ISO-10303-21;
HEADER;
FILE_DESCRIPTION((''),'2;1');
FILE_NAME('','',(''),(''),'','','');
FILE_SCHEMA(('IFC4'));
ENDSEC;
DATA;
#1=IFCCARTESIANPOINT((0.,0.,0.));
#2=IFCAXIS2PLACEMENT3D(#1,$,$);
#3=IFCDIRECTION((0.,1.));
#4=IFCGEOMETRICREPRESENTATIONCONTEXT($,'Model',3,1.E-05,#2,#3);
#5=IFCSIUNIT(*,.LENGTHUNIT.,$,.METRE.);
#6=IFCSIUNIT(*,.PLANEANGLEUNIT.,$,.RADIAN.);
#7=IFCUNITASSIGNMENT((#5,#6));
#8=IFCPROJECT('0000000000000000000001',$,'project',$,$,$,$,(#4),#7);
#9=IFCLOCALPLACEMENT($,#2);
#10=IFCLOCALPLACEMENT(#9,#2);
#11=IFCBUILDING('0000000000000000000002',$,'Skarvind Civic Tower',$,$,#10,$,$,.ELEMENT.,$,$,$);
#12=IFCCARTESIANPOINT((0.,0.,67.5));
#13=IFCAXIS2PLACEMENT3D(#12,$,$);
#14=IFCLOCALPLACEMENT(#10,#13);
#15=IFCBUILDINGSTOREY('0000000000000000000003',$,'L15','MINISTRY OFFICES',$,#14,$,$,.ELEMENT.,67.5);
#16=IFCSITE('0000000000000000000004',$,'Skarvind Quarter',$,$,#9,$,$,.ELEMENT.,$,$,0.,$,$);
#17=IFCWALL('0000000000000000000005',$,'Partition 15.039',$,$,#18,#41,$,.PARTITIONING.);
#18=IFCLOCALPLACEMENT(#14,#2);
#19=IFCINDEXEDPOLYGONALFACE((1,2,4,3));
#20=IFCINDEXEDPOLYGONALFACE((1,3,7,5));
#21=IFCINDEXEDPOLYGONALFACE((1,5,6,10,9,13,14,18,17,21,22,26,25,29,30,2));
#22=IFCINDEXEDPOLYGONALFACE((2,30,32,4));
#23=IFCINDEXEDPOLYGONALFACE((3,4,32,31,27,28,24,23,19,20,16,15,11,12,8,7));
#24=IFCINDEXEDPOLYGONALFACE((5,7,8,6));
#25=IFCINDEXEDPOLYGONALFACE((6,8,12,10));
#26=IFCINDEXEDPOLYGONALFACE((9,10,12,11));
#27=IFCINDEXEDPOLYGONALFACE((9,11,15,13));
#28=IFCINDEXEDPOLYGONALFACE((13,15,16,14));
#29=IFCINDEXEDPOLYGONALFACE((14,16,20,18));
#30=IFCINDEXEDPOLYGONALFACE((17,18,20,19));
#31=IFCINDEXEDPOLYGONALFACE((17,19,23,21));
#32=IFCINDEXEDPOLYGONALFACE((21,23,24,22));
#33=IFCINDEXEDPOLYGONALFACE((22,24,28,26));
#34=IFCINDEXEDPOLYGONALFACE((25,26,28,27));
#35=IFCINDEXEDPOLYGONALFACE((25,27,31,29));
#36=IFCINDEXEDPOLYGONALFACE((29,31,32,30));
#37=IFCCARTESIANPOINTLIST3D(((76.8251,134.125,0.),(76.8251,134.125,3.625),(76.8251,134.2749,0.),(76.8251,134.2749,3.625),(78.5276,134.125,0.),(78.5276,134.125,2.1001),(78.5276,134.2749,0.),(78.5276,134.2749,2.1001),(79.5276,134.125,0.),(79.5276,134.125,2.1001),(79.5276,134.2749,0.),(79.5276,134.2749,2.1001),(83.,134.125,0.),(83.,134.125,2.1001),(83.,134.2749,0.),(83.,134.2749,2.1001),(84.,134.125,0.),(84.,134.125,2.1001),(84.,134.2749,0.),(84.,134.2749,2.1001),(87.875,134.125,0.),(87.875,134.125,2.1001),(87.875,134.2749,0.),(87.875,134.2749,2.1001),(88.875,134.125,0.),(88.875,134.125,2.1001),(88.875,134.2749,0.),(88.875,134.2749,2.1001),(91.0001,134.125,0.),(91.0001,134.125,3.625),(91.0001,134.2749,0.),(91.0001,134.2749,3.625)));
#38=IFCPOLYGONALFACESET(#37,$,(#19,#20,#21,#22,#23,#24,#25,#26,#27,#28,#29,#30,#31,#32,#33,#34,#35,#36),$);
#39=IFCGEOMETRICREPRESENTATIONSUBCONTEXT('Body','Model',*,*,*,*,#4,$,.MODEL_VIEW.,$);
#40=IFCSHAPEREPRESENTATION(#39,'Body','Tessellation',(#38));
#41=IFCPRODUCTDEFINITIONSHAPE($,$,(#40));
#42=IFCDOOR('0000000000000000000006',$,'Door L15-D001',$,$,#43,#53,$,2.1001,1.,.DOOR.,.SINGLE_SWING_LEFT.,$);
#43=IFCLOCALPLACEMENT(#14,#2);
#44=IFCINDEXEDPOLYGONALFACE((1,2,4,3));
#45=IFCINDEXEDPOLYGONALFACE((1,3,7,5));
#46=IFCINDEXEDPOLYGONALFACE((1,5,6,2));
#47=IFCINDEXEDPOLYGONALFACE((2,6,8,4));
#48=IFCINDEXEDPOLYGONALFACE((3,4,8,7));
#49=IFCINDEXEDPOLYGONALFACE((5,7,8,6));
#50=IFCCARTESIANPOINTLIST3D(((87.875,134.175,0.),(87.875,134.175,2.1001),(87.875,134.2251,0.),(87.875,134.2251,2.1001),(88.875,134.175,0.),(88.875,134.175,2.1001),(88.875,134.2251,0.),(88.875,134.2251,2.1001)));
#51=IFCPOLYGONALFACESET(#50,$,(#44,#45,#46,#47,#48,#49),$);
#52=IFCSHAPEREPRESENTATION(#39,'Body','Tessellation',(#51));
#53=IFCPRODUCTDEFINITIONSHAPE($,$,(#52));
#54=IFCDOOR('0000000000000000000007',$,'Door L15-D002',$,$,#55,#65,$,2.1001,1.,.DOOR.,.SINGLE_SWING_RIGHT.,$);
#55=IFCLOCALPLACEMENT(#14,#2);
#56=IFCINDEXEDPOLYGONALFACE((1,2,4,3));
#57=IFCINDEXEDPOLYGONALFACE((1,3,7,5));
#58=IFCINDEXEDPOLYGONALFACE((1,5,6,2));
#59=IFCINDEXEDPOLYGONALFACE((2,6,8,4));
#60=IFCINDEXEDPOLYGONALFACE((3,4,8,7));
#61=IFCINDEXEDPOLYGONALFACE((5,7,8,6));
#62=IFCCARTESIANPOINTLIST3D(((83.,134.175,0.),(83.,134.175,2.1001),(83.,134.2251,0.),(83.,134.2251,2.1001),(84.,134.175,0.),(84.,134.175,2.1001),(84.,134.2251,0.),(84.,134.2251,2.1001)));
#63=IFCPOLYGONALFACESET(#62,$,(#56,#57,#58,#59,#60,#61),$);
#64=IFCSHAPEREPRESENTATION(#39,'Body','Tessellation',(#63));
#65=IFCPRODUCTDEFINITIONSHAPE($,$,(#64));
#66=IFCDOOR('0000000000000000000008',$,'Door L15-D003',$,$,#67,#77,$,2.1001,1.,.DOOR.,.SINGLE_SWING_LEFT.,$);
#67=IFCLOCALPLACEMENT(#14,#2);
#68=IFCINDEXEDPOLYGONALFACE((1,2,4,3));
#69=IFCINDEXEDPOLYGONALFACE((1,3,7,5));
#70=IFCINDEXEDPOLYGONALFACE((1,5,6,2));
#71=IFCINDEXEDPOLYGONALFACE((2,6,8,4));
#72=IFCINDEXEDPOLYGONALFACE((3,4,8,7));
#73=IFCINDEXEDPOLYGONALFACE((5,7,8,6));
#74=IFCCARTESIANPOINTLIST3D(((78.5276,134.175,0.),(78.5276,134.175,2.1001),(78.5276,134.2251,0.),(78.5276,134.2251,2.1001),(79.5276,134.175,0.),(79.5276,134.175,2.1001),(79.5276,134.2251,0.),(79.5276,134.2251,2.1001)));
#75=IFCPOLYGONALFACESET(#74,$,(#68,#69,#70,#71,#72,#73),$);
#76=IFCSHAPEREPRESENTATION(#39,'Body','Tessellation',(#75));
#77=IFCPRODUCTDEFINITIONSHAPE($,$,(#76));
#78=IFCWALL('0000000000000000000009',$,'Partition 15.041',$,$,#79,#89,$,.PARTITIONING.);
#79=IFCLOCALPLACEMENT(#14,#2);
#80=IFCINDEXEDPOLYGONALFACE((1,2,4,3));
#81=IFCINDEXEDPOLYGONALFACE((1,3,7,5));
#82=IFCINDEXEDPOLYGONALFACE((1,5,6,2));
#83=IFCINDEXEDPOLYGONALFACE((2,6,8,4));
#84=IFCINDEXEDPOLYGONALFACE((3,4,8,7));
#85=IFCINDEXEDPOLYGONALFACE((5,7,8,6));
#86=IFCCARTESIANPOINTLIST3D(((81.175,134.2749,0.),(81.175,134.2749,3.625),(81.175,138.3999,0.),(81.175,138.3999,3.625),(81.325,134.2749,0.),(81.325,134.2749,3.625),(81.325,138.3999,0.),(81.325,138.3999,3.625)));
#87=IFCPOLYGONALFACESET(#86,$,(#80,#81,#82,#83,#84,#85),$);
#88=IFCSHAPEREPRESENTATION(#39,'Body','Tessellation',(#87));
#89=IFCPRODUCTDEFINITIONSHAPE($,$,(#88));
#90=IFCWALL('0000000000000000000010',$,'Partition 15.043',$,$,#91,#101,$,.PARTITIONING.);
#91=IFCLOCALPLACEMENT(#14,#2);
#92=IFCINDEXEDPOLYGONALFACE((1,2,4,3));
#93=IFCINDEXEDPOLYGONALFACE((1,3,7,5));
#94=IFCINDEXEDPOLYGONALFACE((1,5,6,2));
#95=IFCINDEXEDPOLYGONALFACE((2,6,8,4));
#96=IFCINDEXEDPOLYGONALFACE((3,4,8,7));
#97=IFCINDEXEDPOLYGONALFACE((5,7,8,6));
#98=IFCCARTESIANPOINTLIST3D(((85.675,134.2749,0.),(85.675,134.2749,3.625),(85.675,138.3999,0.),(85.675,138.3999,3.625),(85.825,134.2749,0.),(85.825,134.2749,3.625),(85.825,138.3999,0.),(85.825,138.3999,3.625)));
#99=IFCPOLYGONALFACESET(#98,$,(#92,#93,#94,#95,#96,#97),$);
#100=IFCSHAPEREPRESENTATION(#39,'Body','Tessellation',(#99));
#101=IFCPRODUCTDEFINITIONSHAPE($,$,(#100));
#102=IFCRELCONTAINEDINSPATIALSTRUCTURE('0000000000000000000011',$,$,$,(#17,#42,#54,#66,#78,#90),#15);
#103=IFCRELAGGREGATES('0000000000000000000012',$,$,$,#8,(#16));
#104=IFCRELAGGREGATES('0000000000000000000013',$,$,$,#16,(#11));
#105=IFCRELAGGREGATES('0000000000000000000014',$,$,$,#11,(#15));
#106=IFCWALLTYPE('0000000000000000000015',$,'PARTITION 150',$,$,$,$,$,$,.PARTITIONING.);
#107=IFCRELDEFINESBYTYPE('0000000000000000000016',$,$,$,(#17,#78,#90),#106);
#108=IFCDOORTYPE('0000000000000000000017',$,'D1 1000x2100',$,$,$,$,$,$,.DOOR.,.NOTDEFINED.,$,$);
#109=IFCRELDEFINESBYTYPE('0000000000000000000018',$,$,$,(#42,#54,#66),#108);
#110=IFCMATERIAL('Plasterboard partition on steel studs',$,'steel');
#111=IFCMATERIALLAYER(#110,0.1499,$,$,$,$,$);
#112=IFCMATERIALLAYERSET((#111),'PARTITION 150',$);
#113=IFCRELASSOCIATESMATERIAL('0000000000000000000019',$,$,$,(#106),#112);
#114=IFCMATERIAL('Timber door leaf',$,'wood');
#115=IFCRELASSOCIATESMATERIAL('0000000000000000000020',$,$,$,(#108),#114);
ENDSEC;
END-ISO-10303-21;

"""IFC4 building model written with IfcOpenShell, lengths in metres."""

from ifc_helpers import new_model, si_unit, direction, frame, frame_2d, origin, place, context, subcontext, project, spatial, rectangle, extrude, material, layer, layer_set, type_object, element, fill, save


model = new_model("IFC4")

# Units and contexts
model_context = context("Model", 3, precision=1e-05, world=origin(), true_north=direction((0.0, 1.0)))
body_context = subcontext(model_context, "Body", "Model", "MODEL_VIEW")
ifc_project = project(units=[si_unit("LENGTHUNIT", "METRE"), si_unit("PLANEANGLEUNIT", "RADIAN")], contexts=[model_context])

# Site, building, storey
site_placement = place(None, origin())
site = spatial("IfcSite", under=ifc_project, at=site_placement, Name="Skarvind Quarter", CompositionType="ELEMENT", RefElevation=0.0)
building_placement = place(site_placement, origin())
building = spatial("IfcBuilding", under=site, at=building_placement, Name="Skarvind Civic Tower", CompositionType="ELEMENT")
storey_placement = place(building_placement, frame((0.0, 0.0, 67.5)))
storey = spatial("IfcBuildingStorey", under=building, at=storey_placement, Name="L15", Description="MINISTRY OFFICES", CompositionType="ELEMENT", Elevation=67.5)

# Shared definitions
ifc_material_1 = material(Name="Plasterboard partition on steel studs", Category="steel")
ifc_layer_1 = layer(ifc_material_1, 0.1499)
ifc_layer_set_1 = layer_set([ifc_layer_1], Name="PARTITION 150")
wall_type_1 = type_object("IfcWallType", Name="PARTITION 150", PredefinedType="PARTITIONING", material=ifc_layer_set_1)

# Wall, openings, doors
wall_1_placement = place(storey_placement, frame((91.0, 134.2, 0.0), z_axis=(0.0, 0.0, 1.0), x_axis=(-1.0, 0.0, 0.0)))
wall_1 = element("IfcWall", 1, at=wall_1_placement, inside=storey, type_object=wall_type_1, Name="Partition 15.039", PredefinedType="PARTITIONING", context=body_context, shape_type="SweptSolid", body=[
    extrude(rectangle(XDim=14.175, YDim=0.1499, at=frame_2d((7.0874, 0.0))), origin(), (0.0, 0.0, 1.0), 3.625),
])
opening_1_placement = place(wall_1_placement, frame((2.125, 0.0, 0.0)))
opening_1 = element("IfcOpeningElement", 2, at=opening_1_placement, cuts=wall_1, PredefinedType="OPENING", context=body_context, shape_type="SweptSolid", body=[
    extrude(rectangle(XDim=1.0, YDim=2.1001, at=frame_2d((0.5, 1.05))), frame((0.0, 0.085, 0.0), z_axis=(0.0, -1.0, 0.0), x_axis=(1.0, 0.0, 0.0)), (0.0, 0.0, 1.0), 0.1699),
])
opening_2_placement = place(wall_1_placement, frame((7.0, 0.0, 0.0)))
opening_2 = element("IfcOpeningElement", 3, at=opening_2_placement, cuts=wall_1, PredefinedType="OPENING", context=body_context, shape_type="SweptSolid", body=[
    extrude(rectangle(XDim=1.0, YDim=2.1001, at=frame_2d((0.5, 1.05))), frame((0.0, 0.085, 0.0), z_axis=(0.0, -1.0, 0.0), x_axis=(1.0, 0.0, 0.0)), (0.0, 0.0, 1.0), 0.1699),
])
opening_3_placement = place(wall_1_placement, frame((11.4724, 0.0, 0.0)))
opening_3 = element("IfcOpeningElement", 4, at=opening_3_placement, cuts=wall_1, PredefinedType="OPENING", context=body_context, shape_type="SweptSolid", body=[
    extrude(rectangle(XDim=1.0, YDim=2.1001, at=frame_2d((0.5, 1.05))), frame((0.0, 0.085, 0.0), z_axis=(0.0, -1.0, 0.0), x_axis=(1.0, 0.0, 0.0)), (0.0, 0.0, 1.0), 0.1699),
])
ifc_material_2 = material(Name="Timber door leaf", Category="wood")
door_type_1 = type_object("IfcDoorType", Name="D1 1000x2100", OperationType="NOTDEFINED", PredefinedType="DOOR", material=ifc_material_2)
door_1_placement = place(opening_1_placement, origin())
door_1 = element("IfcDoor", 5, at=door_1_placement, inside=storey, type_object=door_type_1, Name="Door L15-D001", OperationType="SINGLE_SWING_LEFT", OverallHeight=2.1001, OverallWidth=1.0, PredefinedType="DOOR", context=body_context, shape_type="SweptSolid", body=[
    extrude(rectangle(XDim=1.0, YDim=2.1001, at=frame_2d((0.5, 1.05))), frame((0.0, 0.0249, 0.0), z_axis=(0.0, -1.0, 0.0), x_axis=(1.0, 0.0, 0.0)), (0.0, 0.0, 1.0), 0.05),
])
fill(opening_1, door_1)
door_2_placement = place(opening_2_placement, origin())
door_2 = element("IfcDoor", 6, at=door_2_placement, inside=storey, type_object=door_type_1, Name="Door L15-D002", OperationType="SINGLE_SWING_RIGHT", OverallHeight=2.1001, OverallWidth=1.0, PredefinedType="DOOR", context=body_context, shape_type="SweptSolid", body=[
    extrude(rectangle(XDim=1.0, YDim=2.1001, at=frame_2d((0.5, 1.05))), frame((0.0, 0.0249, 0.0), z_axis=(0.0, -1.0, 0.0), x_axis=(1.0, 0.0, 0.0)), (0.0, 0.0, 1.0), 0.05),
])
fill(opening_2, door_2)
door_3_placement = place(opening_3_placement, origin())
door_3 = element("IfcDoor", 7, at=door_3_placement, inside=storey, type_object=door_type_1, Name="Door L15-D003", OperationType="SINGLE_SWING_LEFT", OverallHeight=2.1001, OverallWidth=1.0, PredefinedType="DOOR", context=body_context, shape_type="SweptSolid", body=[
    extrude(rectangle(XDim=1.0, YDim=2.1001, at=frame_2d((0.5, 1.05))), frame((0.0, 0.0249, 0.0), z_axis=(0.0, -1.0, 0.0), x_axis=(1.0, 0.0, 0.0)), (0.0, 0.0, 1.0), 0.05),
])
fill(opening_3, door_3)

# Walls
for number, where, z_axis, x_axis, name in (
    (8, (81.25, 134.2749, 0.0), (0.0, 0.0, 1.0), (0.0, 1.0, 0.0), "Partition 15.041"),
    (9, (85.75, 134.2749, 0.0), (0.0, 0.0, 1.0), (0.0, 1.0, 0.0), "Partition 15.043"),
):
    element("IfcWall", number, at=place(storey_placement, frame(where, z_axis=z_axis, x_axis=x_axis)), inside=storey, type_object=wall_type_1, Name=name, PredefinedType="PARTITIONING", context=body_context, shape_type="SweptSolid", body=[
        extrude(rectangle(XDim=4.125, YDim=0.1499, at=frame_2d((2.0625, 0.0))), origin(), (0.0, 0.0, 1.0), 3.625),
    ])

save(model, "model.ifc")
